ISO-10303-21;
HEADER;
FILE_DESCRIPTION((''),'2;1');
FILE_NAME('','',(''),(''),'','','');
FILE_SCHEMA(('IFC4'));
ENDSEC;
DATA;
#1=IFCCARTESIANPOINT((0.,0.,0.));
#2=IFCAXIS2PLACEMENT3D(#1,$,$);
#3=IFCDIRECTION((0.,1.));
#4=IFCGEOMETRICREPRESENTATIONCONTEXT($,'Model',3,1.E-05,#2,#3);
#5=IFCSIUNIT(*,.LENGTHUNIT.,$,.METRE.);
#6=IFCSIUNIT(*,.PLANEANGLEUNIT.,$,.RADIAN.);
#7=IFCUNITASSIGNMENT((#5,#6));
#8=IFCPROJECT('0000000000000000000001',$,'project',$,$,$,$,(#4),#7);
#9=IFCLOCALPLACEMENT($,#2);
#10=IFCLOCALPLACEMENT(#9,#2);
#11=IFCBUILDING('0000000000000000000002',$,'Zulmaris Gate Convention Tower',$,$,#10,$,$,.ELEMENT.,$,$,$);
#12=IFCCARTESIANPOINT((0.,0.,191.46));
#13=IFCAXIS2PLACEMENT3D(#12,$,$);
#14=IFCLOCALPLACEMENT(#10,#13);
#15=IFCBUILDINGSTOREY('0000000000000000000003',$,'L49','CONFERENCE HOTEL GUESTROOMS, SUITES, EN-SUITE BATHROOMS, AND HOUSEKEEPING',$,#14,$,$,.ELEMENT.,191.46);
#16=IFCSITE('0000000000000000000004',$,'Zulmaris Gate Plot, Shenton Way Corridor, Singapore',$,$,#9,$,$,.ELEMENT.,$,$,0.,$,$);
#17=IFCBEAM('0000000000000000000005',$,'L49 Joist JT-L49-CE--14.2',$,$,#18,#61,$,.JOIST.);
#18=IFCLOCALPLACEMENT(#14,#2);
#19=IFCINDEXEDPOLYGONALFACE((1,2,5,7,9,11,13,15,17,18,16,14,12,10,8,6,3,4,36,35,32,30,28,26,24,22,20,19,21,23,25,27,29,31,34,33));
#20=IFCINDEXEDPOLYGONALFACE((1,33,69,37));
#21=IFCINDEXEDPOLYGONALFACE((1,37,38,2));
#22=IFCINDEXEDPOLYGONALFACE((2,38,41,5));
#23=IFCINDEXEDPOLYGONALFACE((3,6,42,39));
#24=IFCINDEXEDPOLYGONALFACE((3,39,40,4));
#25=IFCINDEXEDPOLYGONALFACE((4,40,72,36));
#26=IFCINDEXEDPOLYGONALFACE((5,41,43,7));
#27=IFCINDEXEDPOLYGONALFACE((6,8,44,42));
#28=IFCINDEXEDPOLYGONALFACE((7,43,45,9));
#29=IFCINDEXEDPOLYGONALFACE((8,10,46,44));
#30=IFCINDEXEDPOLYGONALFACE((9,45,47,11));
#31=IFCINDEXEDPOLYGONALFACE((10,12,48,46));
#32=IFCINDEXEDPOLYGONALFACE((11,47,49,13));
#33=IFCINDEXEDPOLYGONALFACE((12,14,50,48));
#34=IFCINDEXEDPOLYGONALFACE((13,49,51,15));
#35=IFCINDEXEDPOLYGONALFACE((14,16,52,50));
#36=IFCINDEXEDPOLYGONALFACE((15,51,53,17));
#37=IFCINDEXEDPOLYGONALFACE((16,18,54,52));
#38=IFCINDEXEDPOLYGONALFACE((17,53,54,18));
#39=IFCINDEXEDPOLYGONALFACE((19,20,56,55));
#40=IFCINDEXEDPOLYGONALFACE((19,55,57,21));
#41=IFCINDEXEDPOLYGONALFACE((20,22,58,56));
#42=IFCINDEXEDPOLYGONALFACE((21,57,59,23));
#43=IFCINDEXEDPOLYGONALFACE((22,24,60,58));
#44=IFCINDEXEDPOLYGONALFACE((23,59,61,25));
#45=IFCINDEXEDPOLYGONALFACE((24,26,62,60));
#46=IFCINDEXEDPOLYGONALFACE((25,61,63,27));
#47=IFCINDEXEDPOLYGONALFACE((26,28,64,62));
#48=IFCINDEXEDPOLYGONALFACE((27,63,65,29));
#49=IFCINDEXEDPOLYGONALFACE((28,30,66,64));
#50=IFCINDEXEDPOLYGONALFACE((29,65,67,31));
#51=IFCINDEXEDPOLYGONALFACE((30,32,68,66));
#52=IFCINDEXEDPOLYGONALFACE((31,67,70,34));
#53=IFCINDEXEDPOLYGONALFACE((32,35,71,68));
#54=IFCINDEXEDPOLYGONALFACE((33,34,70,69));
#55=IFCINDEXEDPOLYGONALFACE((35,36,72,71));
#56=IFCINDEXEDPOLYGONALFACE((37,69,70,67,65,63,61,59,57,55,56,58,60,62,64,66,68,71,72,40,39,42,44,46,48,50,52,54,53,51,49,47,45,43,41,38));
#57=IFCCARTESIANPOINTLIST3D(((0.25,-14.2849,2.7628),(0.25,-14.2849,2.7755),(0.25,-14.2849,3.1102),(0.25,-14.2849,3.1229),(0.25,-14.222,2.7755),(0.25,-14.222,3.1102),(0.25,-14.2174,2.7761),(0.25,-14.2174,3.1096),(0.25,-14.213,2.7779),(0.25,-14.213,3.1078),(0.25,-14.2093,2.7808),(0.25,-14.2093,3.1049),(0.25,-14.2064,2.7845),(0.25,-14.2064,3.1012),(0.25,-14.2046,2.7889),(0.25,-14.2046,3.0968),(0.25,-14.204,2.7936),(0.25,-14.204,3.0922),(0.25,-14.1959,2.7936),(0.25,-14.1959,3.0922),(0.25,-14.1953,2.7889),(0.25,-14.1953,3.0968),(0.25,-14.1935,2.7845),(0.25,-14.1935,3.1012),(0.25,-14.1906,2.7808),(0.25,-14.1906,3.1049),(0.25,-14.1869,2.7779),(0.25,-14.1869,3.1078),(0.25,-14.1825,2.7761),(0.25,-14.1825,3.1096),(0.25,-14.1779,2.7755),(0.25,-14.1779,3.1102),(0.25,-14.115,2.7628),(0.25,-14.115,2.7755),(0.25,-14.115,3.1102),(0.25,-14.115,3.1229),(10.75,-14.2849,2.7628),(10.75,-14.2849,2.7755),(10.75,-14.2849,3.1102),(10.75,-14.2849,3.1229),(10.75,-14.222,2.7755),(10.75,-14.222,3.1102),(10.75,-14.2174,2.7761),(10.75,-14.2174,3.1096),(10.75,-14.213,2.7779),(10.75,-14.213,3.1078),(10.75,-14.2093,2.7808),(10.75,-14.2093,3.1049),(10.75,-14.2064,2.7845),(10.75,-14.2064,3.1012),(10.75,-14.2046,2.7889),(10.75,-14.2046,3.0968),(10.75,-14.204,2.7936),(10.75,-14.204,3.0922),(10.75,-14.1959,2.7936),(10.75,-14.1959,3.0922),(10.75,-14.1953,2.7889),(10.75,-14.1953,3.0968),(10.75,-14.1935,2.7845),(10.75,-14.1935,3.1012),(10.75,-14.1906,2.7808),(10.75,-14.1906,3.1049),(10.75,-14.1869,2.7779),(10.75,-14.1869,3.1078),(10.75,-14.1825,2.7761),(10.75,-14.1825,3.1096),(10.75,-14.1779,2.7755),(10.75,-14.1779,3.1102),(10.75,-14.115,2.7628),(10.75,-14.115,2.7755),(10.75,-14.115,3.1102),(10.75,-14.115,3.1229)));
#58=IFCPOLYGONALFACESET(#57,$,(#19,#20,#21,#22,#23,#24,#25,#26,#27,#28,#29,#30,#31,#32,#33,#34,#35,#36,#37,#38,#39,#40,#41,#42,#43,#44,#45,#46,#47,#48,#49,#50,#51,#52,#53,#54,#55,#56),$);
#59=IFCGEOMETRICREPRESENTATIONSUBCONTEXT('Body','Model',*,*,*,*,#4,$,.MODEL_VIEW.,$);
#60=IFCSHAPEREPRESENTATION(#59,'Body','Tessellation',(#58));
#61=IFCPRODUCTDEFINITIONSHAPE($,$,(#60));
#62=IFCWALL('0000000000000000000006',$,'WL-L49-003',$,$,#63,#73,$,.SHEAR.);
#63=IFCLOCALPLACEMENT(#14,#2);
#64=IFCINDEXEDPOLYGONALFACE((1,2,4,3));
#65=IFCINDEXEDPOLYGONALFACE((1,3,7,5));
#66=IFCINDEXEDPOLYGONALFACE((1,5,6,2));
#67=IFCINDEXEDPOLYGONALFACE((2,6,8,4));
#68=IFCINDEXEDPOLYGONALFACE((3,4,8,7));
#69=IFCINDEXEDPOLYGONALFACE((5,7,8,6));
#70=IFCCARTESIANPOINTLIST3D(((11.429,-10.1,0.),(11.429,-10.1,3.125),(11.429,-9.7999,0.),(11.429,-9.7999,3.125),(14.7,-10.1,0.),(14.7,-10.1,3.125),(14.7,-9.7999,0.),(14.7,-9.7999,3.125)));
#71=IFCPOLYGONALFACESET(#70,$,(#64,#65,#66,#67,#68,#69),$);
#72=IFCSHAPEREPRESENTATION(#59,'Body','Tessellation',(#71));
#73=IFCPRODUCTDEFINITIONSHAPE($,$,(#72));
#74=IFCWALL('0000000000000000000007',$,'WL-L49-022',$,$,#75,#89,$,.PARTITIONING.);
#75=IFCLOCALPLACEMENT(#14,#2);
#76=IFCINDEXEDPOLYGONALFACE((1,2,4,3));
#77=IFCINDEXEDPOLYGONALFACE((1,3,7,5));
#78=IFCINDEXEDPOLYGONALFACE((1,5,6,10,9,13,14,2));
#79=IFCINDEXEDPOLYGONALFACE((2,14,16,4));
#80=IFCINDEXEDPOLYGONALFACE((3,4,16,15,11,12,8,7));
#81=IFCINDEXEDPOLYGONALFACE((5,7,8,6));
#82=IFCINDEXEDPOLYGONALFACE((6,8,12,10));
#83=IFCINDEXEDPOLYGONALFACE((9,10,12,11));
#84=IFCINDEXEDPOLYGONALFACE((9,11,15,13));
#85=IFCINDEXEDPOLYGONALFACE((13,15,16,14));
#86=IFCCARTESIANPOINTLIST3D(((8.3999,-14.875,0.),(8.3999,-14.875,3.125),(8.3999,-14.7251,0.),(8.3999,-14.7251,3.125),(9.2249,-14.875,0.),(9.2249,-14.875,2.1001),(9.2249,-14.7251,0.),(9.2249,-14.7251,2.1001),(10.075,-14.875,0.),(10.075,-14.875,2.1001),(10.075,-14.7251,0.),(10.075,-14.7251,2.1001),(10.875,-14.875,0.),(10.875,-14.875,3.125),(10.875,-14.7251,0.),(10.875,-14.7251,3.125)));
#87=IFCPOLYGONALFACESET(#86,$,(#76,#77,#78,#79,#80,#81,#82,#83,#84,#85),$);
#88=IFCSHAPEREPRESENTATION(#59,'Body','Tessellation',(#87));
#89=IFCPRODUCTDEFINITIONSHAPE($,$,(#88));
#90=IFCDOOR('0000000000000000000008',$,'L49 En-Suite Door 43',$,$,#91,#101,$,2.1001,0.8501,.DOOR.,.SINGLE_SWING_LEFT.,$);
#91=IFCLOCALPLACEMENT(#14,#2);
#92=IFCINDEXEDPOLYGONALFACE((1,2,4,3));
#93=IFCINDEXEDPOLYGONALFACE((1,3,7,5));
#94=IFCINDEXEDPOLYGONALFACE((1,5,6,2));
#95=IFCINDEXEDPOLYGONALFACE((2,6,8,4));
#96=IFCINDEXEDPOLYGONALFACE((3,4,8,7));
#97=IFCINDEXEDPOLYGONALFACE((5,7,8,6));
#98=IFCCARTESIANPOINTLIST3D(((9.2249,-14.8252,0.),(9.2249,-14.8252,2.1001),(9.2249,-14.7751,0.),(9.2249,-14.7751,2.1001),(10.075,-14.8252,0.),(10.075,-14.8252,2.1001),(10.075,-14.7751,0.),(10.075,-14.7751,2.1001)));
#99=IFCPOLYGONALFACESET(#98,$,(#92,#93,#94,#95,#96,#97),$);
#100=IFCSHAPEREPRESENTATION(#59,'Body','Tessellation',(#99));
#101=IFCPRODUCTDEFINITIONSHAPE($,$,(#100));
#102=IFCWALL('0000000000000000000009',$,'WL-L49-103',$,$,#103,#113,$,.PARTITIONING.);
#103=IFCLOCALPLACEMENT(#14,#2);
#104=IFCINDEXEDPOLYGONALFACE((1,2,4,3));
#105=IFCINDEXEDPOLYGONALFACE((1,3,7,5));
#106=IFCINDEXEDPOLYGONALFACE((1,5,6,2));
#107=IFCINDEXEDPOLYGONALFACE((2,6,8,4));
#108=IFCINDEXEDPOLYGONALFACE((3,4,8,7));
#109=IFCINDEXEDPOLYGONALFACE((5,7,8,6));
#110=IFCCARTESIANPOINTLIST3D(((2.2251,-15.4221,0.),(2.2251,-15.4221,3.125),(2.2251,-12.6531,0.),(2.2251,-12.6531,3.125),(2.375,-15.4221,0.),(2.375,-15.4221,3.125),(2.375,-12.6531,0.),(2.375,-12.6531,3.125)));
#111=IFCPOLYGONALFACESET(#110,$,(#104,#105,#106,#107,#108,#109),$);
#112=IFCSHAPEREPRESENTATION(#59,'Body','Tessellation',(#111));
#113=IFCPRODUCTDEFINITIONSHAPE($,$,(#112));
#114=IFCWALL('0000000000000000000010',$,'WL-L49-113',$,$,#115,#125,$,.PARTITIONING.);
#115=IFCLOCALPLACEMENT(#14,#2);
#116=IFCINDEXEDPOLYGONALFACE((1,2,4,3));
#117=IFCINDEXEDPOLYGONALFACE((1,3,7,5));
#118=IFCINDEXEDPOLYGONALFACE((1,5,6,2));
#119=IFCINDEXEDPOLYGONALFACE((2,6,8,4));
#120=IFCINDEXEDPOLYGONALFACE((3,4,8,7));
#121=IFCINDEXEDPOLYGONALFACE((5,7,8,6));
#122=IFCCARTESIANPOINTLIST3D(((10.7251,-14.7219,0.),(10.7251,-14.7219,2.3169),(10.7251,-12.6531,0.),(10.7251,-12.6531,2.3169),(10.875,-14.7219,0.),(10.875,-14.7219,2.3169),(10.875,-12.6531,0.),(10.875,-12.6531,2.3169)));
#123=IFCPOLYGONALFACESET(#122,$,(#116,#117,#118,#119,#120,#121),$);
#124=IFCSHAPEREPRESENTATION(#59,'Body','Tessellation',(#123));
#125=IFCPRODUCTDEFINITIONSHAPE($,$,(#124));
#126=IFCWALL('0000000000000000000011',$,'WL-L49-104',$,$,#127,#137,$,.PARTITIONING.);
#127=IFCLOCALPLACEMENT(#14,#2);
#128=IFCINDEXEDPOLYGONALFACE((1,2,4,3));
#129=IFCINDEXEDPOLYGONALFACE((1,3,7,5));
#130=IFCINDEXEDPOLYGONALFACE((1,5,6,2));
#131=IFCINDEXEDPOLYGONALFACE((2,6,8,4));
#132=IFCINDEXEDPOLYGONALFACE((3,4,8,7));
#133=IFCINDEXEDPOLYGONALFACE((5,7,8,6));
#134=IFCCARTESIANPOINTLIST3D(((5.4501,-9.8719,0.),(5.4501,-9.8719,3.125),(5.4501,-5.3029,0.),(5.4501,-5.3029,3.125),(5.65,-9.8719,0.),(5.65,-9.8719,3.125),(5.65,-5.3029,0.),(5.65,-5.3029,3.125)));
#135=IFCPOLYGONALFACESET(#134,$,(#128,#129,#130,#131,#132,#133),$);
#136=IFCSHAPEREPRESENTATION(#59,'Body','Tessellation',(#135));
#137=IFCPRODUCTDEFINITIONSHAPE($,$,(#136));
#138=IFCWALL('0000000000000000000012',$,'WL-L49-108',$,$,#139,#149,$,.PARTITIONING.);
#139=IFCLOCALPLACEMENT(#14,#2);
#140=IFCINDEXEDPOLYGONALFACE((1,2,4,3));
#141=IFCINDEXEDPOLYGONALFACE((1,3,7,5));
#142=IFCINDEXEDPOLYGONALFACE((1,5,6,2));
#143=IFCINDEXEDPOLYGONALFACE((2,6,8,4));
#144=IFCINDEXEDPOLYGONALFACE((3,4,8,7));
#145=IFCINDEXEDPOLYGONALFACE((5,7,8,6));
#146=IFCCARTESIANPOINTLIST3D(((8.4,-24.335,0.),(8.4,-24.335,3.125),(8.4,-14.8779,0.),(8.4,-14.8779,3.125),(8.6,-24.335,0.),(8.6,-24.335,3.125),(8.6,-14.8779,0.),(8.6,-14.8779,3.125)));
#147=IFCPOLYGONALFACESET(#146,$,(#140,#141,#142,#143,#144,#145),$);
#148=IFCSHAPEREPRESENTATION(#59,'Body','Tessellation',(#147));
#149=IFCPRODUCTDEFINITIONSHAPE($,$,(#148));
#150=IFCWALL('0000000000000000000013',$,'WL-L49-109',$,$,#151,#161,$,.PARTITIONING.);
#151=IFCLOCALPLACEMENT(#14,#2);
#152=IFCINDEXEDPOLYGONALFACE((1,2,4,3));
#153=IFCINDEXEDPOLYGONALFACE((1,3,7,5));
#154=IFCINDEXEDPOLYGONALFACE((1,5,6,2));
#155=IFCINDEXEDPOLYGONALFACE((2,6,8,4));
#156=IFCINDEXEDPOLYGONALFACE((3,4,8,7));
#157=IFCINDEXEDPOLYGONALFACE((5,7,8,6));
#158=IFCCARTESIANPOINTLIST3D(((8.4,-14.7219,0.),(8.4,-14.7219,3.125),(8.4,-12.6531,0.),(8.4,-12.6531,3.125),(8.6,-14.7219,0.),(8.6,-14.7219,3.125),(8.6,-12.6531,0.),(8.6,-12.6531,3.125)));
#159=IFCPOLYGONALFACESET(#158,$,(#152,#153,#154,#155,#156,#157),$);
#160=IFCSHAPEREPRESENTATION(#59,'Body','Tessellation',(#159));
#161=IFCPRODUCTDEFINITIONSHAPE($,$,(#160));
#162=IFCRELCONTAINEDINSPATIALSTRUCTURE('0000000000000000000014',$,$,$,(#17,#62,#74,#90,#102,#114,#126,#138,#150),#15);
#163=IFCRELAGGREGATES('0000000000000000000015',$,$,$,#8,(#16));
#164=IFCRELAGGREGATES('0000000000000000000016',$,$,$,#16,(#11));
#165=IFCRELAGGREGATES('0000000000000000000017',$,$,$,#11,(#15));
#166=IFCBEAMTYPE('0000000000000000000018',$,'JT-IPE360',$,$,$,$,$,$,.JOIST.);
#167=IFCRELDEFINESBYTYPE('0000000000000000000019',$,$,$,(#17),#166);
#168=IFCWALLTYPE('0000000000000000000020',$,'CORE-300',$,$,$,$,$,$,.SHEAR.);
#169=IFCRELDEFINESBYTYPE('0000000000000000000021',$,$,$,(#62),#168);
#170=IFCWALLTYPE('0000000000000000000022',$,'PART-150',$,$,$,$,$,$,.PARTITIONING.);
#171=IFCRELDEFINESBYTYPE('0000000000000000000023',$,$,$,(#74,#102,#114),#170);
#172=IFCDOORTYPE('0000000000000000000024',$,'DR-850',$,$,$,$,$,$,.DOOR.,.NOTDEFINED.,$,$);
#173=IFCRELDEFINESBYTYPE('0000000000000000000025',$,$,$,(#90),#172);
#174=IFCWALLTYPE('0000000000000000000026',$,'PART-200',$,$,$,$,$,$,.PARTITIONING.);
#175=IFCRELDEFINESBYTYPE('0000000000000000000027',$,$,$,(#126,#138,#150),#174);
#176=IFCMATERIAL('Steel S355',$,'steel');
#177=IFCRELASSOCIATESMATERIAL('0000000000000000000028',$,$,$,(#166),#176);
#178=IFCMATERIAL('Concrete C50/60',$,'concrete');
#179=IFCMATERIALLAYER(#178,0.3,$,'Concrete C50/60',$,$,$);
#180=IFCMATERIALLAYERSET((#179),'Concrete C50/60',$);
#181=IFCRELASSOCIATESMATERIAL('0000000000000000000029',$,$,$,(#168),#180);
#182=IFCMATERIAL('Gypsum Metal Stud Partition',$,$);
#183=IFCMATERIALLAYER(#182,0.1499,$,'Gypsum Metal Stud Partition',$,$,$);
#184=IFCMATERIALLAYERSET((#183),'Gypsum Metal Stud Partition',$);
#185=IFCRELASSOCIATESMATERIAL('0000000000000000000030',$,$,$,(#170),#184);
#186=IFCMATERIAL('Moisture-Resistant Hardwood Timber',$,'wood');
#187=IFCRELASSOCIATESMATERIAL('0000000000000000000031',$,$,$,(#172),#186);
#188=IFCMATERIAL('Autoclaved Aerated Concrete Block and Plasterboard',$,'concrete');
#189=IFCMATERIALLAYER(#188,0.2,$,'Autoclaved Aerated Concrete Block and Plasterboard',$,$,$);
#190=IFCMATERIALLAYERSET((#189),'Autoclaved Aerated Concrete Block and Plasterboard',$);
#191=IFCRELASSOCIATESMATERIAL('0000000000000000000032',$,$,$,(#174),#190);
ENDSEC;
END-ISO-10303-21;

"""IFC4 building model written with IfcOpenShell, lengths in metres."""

from ifc_helpers import new_model, si_unit, direction, frame, frame_2d, origin, origin_2d, place, context, subcontext, project, spatial, rectangle, i_section, extrude, material, layer, layer_set, material_profile, profile_set, type_object, element, fill, save


model = new_model("IFC4")

# Units and contexts
model_context = context("Model", 3, precision=1e-05, world=origin(), true_north=direction((0.0, 1.0)))
body_context = subcontext(model_context, "Body", "Model", "MODEL_VIEW")
ifc_project = project(units=[si_unit("LENGTHUNIT", "METRE"), si_unit("PLANEANGLEUNIT", "RADIAN")], contexts=[model_context])

# Site, building, storey
site_placement = place(None, origin())
site = spatial("IfcSite", under=ifc_project, at=site_placement, Name="Zulmaris Gate Plot, Shenton Way Corridor, Singapore", CompositionType="ELEMENT", RefElevation=0.0)
building_placement = place(site_placement, origin())
building = spatial("IfcBuilding", under=site, at=building_placement, Name="Zulmaris Gate Convention Tower", CompositionType="ELEMENT")
storey_placement = place(building_placement, frame((0.0, 0.0, 191.46)))
storey = spatial("IfcBuildingStorey", under=building, at=storey_placement, Name="L49", Description="CONFERENCE HOTEL GUESTROOMS, SUITES, EN-SUITE BATHROOMS, AND HOUSEKEEPING", CompositionType="ELEMENT", Elevation=191.46)

# Beam
ifc_material_1 = material(Name="Steel S355", Category="steel")
ifc_material_2 = material(Name="Concrete C50/60", Category="concrete")
ifc_material_profile_1 = material_profile(ifc_material_1, i_section(OverallWidth=0.1699, OverallDepth=0.3601, WebThickness=0.0081, FlangeThickness=0.0127, FilletRadius=0.0181, at=origin_2d()), Name="IPE 360")
ifc_profile_set_1 = profile_set([ifc_material_profile_1], Name="Steel S355")
beam_type_1 = type_object("IfcBeamType", Name="JT-IPE360", PredefinedType="JOIST", material=ifc_profile_set_1)
for number, where, z_axis, x_axis, name in (
    (1, (0.25, -14.2, 2.9429), (1.0, 0.0, 0.0), (0.0, 1.0, 0.0), "L49 Joist JT-L49-CE--14.2"),
):
    element("IfcBeam", number, at=place(storey_placement, frame(where, z_axis=z_axis, x_axis=x_axis)), inside=storey, type_object=beam_type_1, Name=name, PredefinedType="JOIST", context=body_context, shape_type="SweptSolid", body=[
        extrude(i_section(OverallWidth=0.1699, OverallDepth=0.3601, WebThickness=0.0081, FlangeThickness=0.0127, FilletRadius=0.0181, at=origin_2d()), origin(), (0.0, 0.0, 1.0), 10.5),
    ])

# Wall
ifc_layer_1 = layer(ifc_material_2, 0.3, Name="Concrete C50/60")
ifc_layer_set_1 = layer_set([ifc_layer_1], Name="Concrete C50/60")
wall_type_1 = type_object("IfcWallType", Name="CORE-300", PredefinedType="SHEAR", material=ifc_layer_set_1)
wall_1_placement = place(storey_placement, frame((11.429, -9.95, 0.0), z_axis=(0.0, 0.0, 1.0), x_axis=(1.0, 0.0, 0.0)))
element("IfcWall", 2, at=wall_1_placement, inside=storey, type_object=wall_type_1, Name="WL-L49-003", PredefinedType="SHEAR", context=body_context, shape_type="SweptSolid", body=[
    extrude(rectangle(XDim=3.271, YDim=0.3, at=frame_2d((1.6355, 0.0))), origin(), (0.0, 0.0, 1.0), 3.125),
])

# Wall, opening, door
ifc_material_3 = material(Name="Gypsum Metal Stud Partition")
ifc_layer_2 = layer(ifc_material_3, 0.1499, Name="Gypsum Metal Stud Partition")
ifc_layer_set_2 = layer_set([ifc_layer_2], Name="Gypsum Metal Stud Partition")
wall_type_2 = type_object("IfcWallType", Name="PART-150", PredefinedType="PARTITIONING", material=ifc_layer_set_2)
wall_2_placement = place(storey_placement, frame((8.3999, -14.8, 0.0), z_axis=(0.0, 0.0, 1.0), x_axis=(1.0, 0.0, 0.0)))
wall_2 = element("IfcWall", 3, at=wall_2_placement, inside=storey, type_object=wall_type_2, Name="WL-L49-022", PredefinedType="PARTITIONING", context=body_context, shape_type="SweptSolid", body=[
    extrude(rectangle(XDim=2.4751, YDim=0.1499, at=frame_2d((1.2375, 0.0))), origin(), (0.0, 0.0, 1.0), 3.125),
])
opening_1_placement = place(wall_2_placement, frame((0.825, 0.0, 0.0)))
opening_1 = element("IfcOpeningElement", 4, at=opening_1_placement, cuts=wall_2, PredefinedType="OPENING", context=body_context, shape_type="SweptSolid", body=[
    extrude(rectangle(XDim=0.8501, YDim=2.1001, at=frame_2d((0.425, 1.05))), frame((0.0, 0.085, 0.0), z_axis=(0.0, -1.0, 0.0), x_axis=(1.0, 0.0, 0.0)), (0.0, 0.0, 1.0), 0.1699),
])
ifc_material_4 = material(Name="Moisture-Resistant Hardwood Timber", Category="wood")
door_type_1 = type_object("IfcDoorType", Name="DR-850", OperationType="NOTDEFINED", PredefinedType="DOOR", material=ifc_material_4)
door_1_placement = place(opening_1_placement, origin())
door_1 = element("IfcDoor", 5, at=door_1_placement, inside=storey, type_object=door_type_1, Name="L49 En-Suite Door 43", OperationType="SINGLE_SWING_LEFT", OverallHeight=2.1001, OverallWidth=0.8501, PredefinedType="DOOR", context=body_context, shape_type="SweptSolid", body=[
    extrude(rectangle(XDim=0.8501, YDim=2.1001, at=frame_2d((0.425, 1.05))), frame((0.0, 0.0249, 0.0), z_axis=(0.0, -1.0, 0.0), x_axis=(1.0, 0.0, 0.0)), (0.0, 0.0, 1.0), 0.05),
])
fill(opening_1, door_1)

# Wall
wall_3_placement = place(storey_placement, frame((2.3, -15.4221, 0.0), z_axis=(0.0, 0.0, 1.0), x_axis=(0.0, 1.0, 0.0)))
element("IfcWall", 6, at=wall_3_placement, inside=storey, type_object=wall_type_2, Name="WL-L49-103", PredefinedType="PARTITIONING", context=body_context, shape_type="SweptSolid", body=[
    extrude(rectangle(XDim=2.769, YDim=0.1499, at=frame_2d((1.3845, 0.0))), origin(), (0.0, 0.0, 1.0), 3.125),
])

# Walls
wall_4_placement = place(storey_placement, frame((10.8, -14.7219, 0.0), z_axis=(0.0, 0.0, 1.0), x_axis=(0.0, 1.0, 0.0)))
element("IfcWall", 7, at=wall_4_placement, inside=storey, type_object=wall_type_2, Name="WL-L49-113", PredefinedType="PARTITIONING", context=body_context, shape_type="SweptSolid", body=[
    extrude(rectangle(XDim=2.0688, YDim=0.1499, at=frame_2d((1.0344, 0.0))), origin(), (0.0, 0.0, 1.0), 2.3169),
])
ifc_material_5 = material(Name="Autoclaved Aerated Concrete Block and Plasterboard", Category="concrete")
ifc_layer_3 = layer(ifc_material_5, 0.2, Name="Autoclaved Aerated Concrete Block and Plasterboard")
ifc_layer_set_3 = layer_set([ifc_layer_3], Name="Autoclaved Aerated Concrete Block and Plasterboard")
wall_type_3 = type_object("IfcWallType", Name="PART-200", PredefinedType="PARTITIONING", material=ifc_layer_set_3)
wall_5_placement = place(storey_placement, frame((5.55, -9.8721, 0.0), z_axis=(0.0, 0.0, 1.0), x_axis=(0.0, 1.0, 0.0)))
element("IfcWall", 8, at=wall_5_placement, inside=storey, type_object=wall_type_3, Name="WL-L49-104", PredefinedType="PARTITIONING", context=body_context, shape_type="SweptSolid", body=[
    extrude(rectangle(XDim=4.5691, YDim=0.2, at=frame_2d((2.2847, 0.0))), origin(), (0.0, 0.0, 1.0), 3.125),
])
wall_6_placement = place(storey_placement, frame((8.5, -24.335, 0.0), z_axis=(0.0, 0.0, 1.0), x_axis=(0.0, 1.0, 0.0)))
element("IfcWall", 9, at=wall_6_placement, inside=storey, type_object=wall_type_3, Name="WL-L49-108", PredefinedType="PARTITIONING", context=body_context, shape_type="SweptSolid", body=[
    extrude(rectangle(XDim=9.457, YDim=0.2, at=frame_2d((4.7285, 0.0))), origin(), (0.0, 0.0, 1.0), 3.125),
])
wall_7_placement = place(storey_placement, frame((8.5, -14.7219, 0.0), z_axis=(0.0, 0.0, 1.0), x_axis=(0.0, 1.0, 0.0)))
element("IfcWall", 10, at=wall_7_placement, inside=storey, type_object=wall_type_3, Name="WL-L49-109", PredefinedType="PARTITIONING", context=body_context, shape_type="SweptSolid", body=[
    extrude(rectangle(XDim=2.0688, YDim=0.2, at=frame_2d((1.0344, 0.0))), origin(), (0.0, 0.0, 1.0), 3.125),
])

save(model, "model.ifc")
